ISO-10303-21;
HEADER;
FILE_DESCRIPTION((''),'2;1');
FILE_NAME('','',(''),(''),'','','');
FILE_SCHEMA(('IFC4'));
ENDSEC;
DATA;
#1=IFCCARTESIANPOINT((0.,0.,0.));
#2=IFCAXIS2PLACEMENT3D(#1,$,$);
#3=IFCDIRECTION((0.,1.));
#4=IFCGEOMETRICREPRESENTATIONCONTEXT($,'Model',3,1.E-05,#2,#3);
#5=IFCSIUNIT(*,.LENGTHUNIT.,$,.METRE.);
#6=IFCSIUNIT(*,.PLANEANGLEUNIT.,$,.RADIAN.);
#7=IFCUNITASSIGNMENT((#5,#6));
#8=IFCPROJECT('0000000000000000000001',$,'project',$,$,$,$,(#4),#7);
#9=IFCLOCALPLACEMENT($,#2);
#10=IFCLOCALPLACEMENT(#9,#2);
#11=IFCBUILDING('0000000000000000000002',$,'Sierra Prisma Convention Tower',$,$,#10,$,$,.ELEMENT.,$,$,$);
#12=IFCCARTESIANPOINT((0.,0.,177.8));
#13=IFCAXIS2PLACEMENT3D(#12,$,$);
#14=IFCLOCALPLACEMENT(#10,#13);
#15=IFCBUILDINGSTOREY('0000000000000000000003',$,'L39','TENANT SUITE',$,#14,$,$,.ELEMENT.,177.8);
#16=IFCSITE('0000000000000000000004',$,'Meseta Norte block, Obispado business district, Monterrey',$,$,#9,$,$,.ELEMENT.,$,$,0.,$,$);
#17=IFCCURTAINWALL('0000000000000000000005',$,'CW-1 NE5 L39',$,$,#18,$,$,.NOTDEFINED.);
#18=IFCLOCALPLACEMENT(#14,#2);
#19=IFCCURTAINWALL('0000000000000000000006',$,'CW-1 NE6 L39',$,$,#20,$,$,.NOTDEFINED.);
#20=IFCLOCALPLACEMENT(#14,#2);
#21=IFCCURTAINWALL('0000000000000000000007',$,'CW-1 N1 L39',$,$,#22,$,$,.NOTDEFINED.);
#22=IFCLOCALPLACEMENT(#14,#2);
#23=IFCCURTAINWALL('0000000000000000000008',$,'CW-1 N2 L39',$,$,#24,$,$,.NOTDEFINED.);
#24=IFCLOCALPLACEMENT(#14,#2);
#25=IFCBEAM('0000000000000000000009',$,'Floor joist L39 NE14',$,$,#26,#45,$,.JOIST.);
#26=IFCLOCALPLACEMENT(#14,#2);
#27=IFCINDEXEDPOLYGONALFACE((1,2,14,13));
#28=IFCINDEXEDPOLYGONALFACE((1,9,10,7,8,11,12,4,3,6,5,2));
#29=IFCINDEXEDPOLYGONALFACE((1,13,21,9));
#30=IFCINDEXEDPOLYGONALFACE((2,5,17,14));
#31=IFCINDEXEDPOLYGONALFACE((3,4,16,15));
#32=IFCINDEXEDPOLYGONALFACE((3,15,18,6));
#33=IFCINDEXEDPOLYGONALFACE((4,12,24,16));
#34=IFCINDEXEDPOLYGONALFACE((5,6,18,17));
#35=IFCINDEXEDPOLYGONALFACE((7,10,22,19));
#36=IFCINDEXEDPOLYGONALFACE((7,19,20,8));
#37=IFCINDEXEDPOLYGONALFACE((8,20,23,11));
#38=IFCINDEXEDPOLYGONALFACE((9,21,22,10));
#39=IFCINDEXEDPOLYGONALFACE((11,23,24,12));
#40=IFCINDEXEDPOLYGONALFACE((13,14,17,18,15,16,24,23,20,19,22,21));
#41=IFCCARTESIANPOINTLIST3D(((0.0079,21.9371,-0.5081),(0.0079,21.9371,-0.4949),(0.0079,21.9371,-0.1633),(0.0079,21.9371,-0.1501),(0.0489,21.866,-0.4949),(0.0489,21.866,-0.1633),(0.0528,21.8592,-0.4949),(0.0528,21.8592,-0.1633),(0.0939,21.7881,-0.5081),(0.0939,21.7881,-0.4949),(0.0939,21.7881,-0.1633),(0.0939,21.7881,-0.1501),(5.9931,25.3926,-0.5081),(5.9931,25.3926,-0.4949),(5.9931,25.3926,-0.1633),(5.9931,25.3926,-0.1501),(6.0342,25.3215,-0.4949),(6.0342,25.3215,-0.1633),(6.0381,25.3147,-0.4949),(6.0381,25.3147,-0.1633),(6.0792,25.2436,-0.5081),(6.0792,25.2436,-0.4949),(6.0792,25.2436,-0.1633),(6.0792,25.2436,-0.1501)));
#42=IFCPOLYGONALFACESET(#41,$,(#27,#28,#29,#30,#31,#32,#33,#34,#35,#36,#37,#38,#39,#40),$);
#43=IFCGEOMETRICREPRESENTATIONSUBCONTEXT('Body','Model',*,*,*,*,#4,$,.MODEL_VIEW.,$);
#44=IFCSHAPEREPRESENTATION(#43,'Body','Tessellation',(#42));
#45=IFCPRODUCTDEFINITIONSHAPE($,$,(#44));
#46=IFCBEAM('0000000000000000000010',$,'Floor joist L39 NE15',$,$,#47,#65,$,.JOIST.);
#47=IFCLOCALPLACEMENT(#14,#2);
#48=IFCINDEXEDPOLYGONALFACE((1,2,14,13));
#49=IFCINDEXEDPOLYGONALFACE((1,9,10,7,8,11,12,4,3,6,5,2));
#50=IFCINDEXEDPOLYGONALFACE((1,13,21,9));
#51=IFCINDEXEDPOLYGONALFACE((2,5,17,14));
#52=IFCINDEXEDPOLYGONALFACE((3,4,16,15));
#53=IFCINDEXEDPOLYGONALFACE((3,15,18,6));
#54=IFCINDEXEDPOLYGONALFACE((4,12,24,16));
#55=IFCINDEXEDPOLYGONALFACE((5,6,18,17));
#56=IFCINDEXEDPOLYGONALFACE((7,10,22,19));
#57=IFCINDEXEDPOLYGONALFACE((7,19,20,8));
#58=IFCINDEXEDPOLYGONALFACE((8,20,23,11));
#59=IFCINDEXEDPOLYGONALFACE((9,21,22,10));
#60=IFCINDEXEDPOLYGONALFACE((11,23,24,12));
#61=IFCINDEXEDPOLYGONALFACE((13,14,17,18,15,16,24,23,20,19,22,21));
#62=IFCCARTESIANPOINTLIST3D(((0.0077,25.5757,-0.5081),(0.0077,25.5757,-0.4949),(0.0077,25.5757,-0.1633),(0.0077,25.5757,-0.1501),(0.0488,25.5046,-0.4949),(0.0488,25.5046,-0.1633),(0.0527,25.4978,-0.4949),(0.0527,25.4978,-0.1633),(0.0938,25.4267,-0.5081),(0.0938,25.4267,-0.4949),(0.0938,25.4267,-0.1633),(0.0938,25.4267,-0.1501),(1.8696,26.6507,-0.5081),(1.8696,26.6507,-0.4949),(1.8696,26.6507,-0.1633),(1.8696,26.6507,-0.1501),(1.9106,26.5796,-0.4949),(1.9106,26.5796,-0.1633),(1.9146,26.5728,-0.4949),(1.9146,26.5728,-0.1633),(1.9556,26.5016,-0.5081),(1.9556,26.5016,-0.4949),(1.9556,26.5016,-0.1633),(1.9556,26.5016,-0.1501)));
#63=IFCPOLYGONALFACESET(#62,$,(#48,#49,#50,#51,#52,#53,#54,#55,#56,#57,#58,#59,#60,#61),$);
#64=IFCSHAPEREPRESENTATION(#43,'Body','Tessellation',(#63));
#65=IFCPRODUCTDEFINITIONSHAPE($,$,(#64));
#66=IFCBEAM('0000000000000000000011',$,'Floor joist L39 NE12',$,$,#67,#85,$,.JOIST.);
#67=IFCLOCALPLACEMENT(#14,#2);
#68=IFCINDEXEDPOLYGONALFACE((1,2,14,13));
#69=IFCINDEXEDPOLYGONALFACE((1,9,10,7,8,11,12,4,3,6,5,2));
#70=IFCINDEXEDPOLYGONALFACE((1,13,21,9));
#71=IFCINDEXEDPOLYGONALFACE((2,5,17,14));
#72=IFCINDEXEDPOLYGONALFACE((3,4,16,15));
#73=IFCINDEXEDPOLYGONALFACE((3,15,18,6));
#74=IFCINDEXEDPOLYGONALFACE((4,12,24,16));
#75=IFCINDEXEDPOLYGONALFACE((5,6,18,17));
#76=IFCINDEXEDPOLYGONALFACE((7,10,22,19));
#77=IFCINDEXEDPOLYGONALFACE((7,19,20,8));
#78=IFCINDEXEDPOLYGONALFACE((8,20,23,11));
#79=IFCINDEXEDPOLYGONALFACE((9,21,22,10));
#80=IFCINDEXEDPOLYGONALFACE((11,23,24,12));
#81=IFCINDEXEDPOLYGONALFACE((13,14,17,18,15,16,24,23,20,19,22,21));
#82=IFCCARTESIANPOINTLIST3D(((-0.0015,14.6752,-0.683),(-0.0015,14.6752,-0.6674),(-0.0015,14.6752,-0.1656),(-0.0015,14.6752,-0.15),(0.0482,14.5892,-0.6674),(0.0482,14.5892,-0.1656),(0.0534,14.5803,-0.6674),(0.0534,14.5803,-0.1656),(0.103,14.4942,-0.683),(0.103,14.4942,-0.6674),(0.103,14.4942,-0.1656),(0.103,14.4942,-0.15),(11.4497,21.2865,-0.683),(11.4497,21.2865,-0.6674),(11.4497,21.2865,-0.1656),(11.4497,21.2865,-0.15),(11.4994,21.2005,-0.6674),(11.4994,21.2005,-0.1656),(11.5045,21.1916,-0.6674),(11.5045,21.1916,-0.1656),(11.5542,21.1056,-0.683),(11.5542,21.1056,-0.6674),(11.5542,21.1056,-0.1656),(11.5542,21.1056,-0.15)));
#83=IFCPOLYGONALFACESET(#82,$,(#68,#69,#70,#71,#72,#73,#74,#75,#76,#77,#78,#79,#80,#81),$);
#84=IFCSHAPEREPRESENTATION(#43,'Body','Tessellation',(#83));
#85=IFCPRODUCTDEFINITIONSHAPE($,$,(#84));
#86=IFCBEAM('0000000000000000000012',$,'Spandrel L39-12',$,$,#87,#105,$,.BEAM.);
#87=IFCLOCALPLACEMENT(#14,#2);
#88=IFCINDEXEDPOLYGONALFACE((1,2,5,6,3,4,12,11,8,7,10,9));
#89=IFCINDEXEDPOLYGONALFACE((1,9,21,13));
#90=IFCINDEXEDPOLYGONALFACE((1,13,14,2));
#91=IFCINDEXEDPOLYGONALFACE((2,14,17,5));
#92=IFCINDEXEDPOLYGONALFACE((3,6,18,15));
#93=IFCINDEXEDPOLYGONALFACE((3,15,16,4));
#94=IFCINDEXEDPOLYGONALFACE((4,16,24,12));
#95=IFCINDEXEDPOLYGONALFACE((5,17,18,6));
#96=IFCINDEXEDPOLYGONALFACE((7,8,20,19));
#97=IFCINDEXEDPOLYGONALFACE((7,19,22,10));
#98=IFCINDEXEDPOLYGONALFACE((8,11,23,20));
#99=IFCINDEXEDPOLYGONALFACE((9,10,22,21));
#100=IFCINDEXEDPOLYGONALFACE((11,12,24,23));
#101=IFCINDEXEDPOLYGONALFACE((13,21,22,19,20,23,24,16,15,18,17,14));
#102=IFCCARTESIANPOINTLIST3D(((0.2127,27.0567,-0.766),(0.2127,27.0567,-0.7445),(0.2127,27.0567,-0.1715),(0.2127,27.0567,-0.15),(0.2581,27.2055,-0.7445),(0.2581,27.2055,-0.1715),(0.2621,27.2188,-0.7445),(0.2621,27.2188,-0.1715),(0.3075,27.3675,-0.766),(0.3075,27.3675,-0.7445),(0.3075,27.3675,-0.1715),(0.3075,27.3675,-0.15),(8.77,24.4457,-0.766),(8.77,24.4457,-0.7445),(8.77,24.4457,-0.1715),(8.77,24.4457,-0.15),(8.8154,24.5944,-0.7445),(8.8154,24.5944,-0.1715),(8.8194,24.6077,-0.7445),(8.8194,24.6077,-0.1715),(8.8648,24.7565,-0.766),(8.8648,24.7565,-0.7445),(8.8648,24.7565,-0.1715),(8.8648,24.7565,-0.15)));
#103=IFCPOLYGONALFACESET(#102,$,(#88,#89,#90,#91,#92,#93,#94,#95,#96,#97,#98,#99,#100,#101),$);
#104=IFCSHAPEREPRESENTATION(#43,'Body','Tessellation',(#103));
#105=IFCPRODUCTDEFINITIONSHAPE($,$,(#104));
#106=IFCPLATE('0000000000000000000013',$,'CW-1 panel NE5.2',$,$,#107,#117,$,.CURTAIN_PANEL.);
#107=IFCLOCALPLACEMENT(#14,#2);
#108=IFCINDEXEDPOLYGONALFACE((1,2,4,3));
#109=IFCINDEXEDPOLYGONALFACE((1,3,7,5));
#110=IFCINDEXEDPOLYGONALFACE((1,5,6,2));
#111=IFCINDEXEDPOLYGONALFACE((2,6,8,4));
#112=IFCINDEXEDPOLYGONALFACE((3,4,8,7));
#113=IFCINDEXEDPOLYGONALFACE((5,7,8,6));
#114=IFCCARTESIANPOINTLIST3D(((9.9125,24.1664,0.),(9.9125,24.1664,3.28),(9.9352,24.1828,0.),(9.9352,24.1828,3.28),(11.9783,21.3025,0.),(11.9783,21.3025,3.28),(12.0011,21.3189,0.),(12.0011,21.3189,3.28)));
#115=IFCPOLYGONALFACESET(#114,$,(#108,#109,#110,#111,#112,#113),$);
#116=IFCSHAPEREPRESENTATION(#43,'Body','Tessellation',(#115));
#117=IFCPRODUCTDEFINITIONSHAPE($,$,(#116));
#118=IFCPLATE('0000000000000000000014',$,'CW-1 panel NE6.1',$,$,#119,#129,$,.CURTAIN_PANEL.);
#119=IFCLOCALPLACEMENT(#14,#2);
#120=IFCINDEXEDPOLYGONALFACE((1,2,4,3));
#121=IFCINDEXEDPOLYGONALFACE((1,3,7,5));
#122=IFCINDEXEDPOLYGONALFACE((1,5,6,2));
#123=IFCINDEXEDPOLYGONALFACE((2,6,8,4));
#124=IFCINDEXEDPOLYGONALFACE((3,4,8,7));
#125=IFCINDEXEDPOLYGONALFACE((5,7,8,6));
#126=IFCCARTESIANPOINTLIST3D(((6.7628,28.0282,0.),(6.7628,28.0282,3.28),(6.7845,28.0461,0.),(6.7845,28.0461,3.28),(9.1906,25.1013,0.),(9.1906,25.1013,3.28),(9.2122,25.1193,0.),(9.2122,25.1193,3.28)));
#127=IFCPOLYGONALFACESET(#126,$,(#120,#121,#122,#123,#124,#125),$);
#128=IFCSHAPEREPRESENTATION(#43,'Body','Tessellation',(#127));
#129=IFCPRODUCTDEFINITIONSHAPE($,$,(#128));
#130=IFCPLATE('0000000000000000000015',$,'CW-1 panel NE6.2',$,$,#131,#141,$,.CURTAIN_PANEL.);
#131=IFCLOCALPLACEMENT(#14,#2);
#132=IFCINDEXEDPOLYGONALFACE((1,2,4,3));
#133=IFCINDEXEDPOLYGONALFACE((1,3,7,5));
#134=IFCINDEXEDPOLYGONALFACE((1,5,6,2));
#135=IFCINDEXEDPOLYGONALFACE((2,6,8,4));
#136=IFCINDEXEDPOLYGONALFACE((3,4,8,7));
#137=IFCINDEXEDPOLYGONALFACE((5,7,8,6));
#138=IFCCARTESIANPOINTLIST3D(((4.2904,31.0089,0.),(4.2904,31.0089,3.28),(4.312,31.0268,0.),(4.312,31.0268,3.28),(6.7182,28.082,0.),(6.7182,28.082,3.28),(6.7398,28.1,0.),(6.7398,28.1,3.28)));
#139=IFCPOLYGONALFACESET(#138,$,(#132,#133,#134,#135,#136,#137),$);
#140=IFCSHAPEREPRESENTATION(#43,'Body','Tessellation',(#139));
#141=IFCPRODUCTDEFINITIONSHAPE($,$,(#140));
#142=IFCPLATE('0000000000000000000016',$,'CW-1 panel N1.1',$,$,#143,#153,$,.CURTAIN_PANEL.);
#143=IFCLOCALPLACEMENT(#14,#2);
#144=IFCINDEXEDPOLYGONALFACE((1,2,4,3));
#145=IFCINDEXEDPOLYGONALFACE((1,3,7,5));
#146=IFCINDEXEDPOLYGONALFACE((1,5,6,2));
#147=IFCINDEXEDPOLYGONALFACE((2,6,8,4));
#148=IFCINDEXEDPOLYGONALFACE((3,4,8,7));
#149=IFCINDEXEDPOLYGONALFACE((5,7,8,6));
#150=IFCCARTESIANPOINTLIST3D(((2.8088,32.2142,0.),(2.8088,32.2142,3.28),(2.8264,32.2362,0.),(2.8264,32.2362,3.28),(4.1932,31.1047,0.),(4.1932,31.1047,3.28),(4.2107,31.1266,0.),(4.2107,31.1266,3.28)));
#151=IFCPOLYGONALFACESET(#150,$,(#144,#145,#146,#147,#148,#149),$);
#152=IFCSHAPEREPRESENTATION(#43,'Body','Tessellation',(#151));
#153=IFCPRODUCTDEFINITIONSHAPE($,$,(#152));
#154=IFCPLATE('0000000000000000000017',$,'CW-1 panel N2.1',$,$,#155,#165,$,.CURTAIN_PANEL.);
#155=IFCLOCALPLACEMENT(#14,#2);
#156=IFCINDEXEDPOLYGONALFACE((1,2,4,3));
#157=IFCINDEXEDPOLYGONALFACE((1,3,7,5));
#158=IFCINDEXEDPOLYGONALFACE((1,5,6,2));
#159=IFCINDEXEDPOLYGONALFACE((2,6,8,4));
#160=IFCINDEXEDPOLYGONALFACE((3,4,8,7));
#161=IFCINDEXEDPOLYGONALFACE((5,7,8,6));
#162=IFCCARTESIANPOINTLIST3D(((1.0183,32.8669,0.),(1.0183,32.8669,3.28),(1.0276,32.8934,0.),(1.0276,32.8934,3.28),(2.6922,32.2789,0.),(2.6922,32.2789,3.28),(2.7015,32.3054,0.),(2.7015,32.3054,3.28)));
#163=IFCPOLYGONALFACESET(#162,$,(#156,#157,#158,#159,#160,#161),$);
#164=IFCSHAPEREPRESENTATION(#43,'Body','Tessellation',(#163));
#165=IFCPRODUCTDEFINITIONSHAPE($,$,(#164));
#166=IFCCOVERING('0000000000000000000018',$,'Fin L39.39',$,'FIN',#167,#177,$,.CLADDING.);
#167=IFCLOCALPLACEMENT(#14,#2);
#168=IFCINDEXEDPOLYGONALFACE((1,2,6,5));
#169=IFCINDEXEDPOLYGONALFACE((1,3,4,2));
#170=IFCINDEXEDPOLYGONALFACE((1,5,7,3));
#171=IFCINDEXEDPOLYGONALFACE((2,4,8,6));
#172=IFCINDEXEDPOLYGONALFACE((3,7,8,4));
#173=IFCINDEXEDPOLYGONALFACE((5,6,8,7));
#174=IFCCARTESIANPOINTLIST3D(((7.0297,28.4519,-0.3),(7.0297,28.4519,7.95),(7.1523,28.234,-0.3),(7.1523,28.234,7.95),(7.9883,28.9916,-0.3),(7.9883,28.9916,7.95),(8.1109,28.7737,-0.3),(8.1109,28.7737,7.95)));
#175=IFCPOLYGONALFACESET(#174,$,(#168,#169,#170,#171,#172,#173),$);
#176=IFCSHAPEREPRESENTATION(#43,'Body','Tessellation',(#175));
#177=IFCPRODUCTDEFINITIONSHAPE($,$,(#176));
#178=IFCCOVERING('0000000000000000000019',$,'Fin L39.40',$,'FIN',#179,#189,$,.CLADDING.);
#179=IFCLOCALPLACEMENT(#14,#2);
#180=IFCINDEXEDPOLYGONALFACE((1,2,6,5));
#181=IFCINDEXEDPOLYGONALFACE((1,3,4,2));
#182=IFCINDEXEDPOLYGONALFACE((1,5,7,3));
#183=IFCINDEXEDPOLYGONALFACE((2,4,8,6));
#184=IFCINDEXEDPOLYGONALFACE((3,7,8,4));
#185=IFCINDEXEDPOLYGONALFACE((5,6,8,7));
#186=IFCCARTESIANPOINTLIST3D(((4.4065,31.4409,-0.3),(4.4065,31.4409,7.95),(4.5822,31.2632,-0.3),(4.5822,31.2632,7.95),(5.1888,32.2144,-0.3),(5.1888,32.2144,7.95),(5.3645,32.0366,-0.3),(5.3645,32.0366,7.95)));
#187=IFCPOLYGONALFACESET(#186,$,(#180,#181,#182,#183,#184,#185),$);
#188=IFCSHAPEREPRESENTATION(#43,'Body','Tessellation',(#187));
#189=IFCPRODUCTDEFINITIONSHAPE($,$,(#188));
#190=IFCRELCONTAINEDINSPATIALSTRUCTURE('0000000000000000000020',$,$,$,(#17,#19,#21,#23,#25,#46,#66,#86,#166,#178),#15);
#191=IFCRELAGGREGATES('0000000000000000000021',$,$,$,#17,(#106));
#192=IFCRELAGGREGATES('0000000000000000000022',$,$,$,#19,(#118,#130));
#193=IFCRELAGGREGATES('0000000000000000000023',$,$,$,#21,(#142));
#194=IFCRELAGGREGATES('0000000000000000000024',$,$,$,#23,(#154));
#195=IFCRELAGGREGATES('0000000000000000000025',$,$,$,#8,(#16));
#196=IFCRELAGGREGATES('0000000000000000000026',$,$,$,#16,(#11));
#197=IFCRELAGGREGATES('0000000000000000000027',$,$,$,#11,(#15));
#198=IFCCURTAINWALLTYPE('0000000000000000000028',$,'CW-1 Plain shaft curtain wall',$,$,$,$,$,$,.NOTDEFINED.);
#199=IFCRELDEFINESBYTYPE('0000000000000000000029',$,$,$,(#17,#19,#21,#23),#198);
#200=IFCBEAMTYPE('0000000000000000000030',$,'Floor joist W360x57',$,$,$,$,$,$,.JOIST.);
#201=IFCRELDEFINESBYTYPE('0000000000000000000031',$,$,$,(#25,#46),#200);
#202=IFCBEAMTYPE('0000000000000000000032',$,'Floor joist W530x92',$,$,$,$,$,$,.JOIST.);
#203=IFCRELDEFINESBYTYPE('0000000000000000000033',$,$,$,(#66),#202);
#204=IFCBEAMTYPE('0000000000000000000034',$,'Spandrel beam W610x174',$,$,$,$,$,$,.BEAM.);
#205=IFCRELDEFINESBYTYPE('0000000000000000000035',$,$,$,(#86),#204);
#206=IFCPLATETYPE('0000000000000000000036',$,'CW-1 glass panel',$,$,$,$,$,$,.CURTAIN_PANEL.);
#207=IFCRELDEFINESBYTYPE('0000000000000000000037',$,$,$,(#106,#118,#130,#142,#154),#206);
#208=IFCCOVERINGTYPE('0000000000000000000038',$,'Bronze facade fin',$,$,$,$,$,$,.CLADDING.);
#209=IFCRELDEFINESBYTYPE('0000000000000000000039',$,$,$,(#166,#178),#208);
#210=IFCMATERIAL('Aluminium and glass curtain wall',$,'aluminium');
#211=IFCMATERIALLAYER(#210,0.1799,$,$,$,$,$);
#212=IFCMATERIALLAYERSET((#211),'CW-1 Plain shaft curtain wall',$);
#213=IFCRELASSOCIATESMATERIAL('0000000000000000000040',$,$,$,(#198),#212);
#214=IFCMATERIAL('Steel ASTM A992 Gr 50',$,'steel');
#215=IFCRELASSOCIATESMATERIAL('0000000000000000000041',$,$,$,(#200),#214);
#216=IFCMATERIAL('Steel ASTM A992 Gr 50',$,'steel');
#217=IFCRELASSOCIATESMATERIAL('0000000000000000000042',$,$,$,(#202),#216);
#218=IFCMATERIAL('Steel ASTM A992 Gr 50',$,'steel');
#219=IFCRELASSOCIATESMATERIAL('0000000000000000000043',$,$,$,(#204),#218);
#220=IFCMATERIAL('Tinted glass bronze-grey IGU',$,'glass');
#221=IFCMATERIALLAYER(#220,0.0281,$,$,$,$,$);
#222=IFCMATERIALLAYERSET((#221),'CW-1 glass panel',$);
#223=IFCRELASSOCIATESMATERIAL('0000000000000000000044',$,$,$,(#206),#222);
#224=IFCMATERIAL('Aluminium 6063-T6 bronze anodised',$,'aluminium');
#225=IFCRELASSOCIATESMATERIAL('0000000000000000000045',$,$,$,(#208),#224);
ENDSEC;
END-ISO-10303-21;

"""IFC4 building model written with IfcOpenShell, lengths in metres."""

from ifc_helpers import new_model, si_unit, direction, frame, origin, origin_2d, place, context, subcontext, project, spatial, rectangle, i_section, extrude, material, layer, layer_set, material_profile, profile_set, type_object, element, aggregate, save


model = new_model("IFC4")

# Units and contexts
model_context = context("Model", 3, precision=1e-05, world=origin(), true_north=direction((0.0, 1.0)))
body_context = subcontext(model_context, "Body", "Model", "MODEL_VIEW")
ifc_project = project(units=[si_unit("LENGTHUNIT", "METRE"), si_unit("PLANEANGLEUNIT", "RADIAN")], contexts=[model_context])

# Site, building, storey
site_placement = place(None, origin())
site = spatial("IfcSite", under=ifc_project, at=site_placement, Name="Meseta Norte block, Obispado business district, Monterrey", CompositionType="ELEMENT", RefElevation=0.0)
building_placement = place(site_placement, origin())
building = spatial("IfcBuilding", under=site, at=building_placement, Name="Sierra Prisma Convention Tower", CompositionType="ELEMENT")
storey_placement = place(building_placement, frame((0.0, 0.0, 177.8)))
storey = spatial("IfcBuildingStorey", under=building, at=storey_placement, Name="L39", Description="TENANT SUITE", CompositionType="ELEMENT", Elevation=177.8)

# Curtain wall
ifc_material_1 = material(Name="Aluminium and glass curtain wall", Category="aluminium")
ifc_layer_1 = layer(ifc_material_1, 0.1799)
ifc_layer_set_1 = layer_set([ifc_layer_1], Name="CW-1 Plain shaft curtain wall")
curtain_wall_type = type_object("IfcCurtainWallType", Name="CW-1 Plain shaft curtain wall", PredefinedType="NOTDEFINED", material=ifc_layer_set_1)
curtain_wall_1_placement = place(storey_placement, origin())
curtain_wall_1 = element("IfcCurtainWall", 1, at=curtain_wall_1_placement, inside=storey, type_object=curtain_wall_type, Name="CW-1 NE5 L39", PredefinedType="NOTDEFINED")

# Curtain walls
curtain_wall_2_placement = place(storey_placement, origin())
curtain_wall_2 = element("IfcCurtainWall", 2, at=curtain_wall_2_placement, inside=storey, type_object=curtain_wall_type, Name="CW-1 NE6 L39", PredefinedType="NOTDEFINED")
curtain_wall_3_placement = place(storey_placement, origin())
curtain_wall_3 = element("IfcCurtainWall", 3, at=curtain_wall_3_placement, inside=storey, type_object=curtain_wall_type, Name="CW-1 N1 L39", PredefinedType="NOTDEFINED")
curtain_wall_4_placement = place(storey_placement, origin())
curtain_wall_4 = element("IfcCurtainWall", 4, at=curtain_wall_4_placement, inside=storey, type_object=curtain_wall_type, Name="CW-1 N2 L39", PredefinedType="NOTDEFINED")

# Beams
ifc_material_2 = material(Name="Steel ASTM A992 Gr 50", Category="steel")
ifc_material_profile_1 = material_profile(ifc_material_2, i_section(OverallWidth=0.1721, OverallDepth=0.3579, WebThickness=0.0078, FlangeThickness=0.0132, at=origin_2d()), Name="W360x57")
ifc_profile_set_1 = profile_set([ifc_material_profile_1], Name="Steel ASTM A992 Gr 50")
beam_type_1 = type_object("IfcBeamType", Name="Floor joist W360x57", PredefinedType="JOIST", material=ifc_profile_set_1)
beam_1_placement = place(storey_placement, frame((6.0361, 25.3181, -0.3291), z_axis=(-0.86603, -0.499992, 0.0), x_axis=(0.499992, -0.86603, 0.0)))
element("IfcBeam", 5, at=beam_1_placement, inside=storey, type_object=beam_type_1, Name="Floor joist L39 NE14", PredefinedType="JOIST", context=body_context, shape_type="SweptSolid", body=[
    extrude(i_section(OverallWidth=0.1721, OverallDepth=0.3579, WebThickness=0.0078, FlangeThickness=0.0132, at=origin_2d()), origin(), (0.0, 0.0, 1.0), 6.9111),
])
beam_2_placement = place(storey_placement, frame((1.9126, 26.5762, -0.3291), z_axis=(-0.866019, -0.500011, 0.0), x_axis=(0.500011, -0.866019, 0.0)))
element("IfcBeam", 6, at=beam_2_placement, inside=storey, type_object=beam_type_1, Name="Floor joist L39 NE15", PredefinedType="JOIST", context=body_context, shape_type="SweptSolid", body=[
    extrude(i_section(OverallWidth=0.1721, OverallDepth=0.3579, WebThickness=0.0078, FlangeThickness=0.0132, at=origin_2d()), origin(), (0.0, 0.0, 1.0), 2.1499),
])
ifc_material_3 = material(Name="Steel ASTM A992 Gr 50", Category="steel")
ifc_material_profile_2 = material_profile(ifc_material_3, i_section(OverallWidth=0.209, OverallDepth=0.533, WebThickness=0.0103, FlangeThickness=0.0156, at=origin_2d()), Name="W530x92")
ifc_profile_set_2 = profile_set([ifc_material_profile_2], Name="Steel ASTM A992 Gr 50")
beam_type_2 = type_object("IfcBeamType", Name="Floor joist W530x92", PredefinedType="JOIST", material=ifc_profile_set_2)
beam_3_placement = place(storey_placement, frame((11.502, 21.196, -0.4165), z_axis=(-0.866026, -0.499999, 0.0), x_axis=(0.499999, -0.866026, 0.0)))
element("IfcBeam", 7, at=beam_3_placement, inside=storey, type_object=beam_type_2, Name="Floor joist L39 NE12", PredefinedType="JOIST", context=body_context, shape_type="SweptSolid", body=[
    extrude(i_section(OverallWidth=0.209, OverallDepth=0.533, WebThickness=0.0103, FlangeThickness=0.0156, at=origin_2d()), origin(), (0.0, 0.0, 1.0), 13.2227),
])
ifc_material_4 = material(Name="Steel ASTM A992 Gr 50", Category="steel")
ifc_material_profile_3 = material_profile(ifc_material_4, i_section(OverallWidth=0.325, OverallDepth=0.616, WebThickness=0.0139, FlangeThickness=0.0215, at=origin_2d()), Name="W610x174")
ifc_profile_set_3 = profile_set([ifc_material_profile_3], Name="Steel ASTM A992 Gr 50")
beam_type_3 = type_object("IfcBeamType", Name="Spandrel beam W610x174", PredefinedType="BEAM", material=ifc_profile_set_3)
beam_4_placement = place(storey_placement, frame((8.8174, 24.6011, -0.458), z_axis=(-0.956466, 0.291843, 0.0), x_axis=(-0.291843, -0.956466, 0.0)))
element("IfcBeam", 8, at=beam_4_placement, inside=storey, type_object=beam_type_3, Name="Spandrel L39-12", PredefinedType="BEAM", context=body_context, shape_type="SweptSolid", body=[
    extrude(i_section(OverallWidth=0.325, OverallDepth=0.616, WebThickness=0.0139, FlangeThickness=0.0215, at=origin_2d()), origin(), (0.0, 0.0, 1.0), 8.9468),
])

# Plates
ifc_material_5 = material(Name="Tinted glass bronze-grey IGU", Category="glass")
ifc_layer_2 = layer(ifc_material_5, 0.0281)
ifc_layer_set_2 = layer_set([ifc_layer_2], Name="CW-1 glass panel")
plate_type = type_object("IfcPlateType", Name="CW-1 glass panel", PredefinedType="CURTAIN_PANEL", material=ifc_layer_set_2)
plate_1_placement = place(storey_placement, frame((10.9568, 22.7427, 0.0), z_axis=(0.0, 0.0, 1.0), x_axis=(-0.585029, 0.811012, 0.0)))
plate_1 = element("IfcPlate", 9, at=plate_1_placement, type_object=plate_type, Name="CW-1 panel NE5.2", PredefinedType="CURTAIN_PANEL", context=body_context, shape_type="SweptSolid", body=[
    extrude(rectangle(XDim=3.5312, YDim=0.0281, at=origin_2d()), origin(), (0.0, 0.0, 1.0), 3.28),
])
aggregate(curtain_wall_1, [plate_1])
plate_2_placement = place(storey_placement, frame((7.9875, 26.5737, 0.0), z_axis=(0.0, 0.0, 1.0), x_axis=(-0.638433, 0.769678, 0.0)))
plate_2 = element("IfcPlate", 10, at=plate_2_placement, type_object=plate_type, Name="CW-1 panel NE6.1", PredefinedType="CURTAIN_PANEL", context=body_context, shape_type="SweptSolid", body=[
    extrude(rectangle(XDim=3.8027, YDim=0.0281, at=origin_2d()), origin(), (0.0, 0.0, 1.0), 3.28),
])
plate_3_placement = place(storey_placement, frame((5.5151, 29.5544, 0.0), z_axis=(0.0, 0.0, 1.0), x_axis=(-0.638433, 0.769678, 0.0)))
plate_3 = element("IfcPlate", 11, at=plate_3_placement, type_object=plate_type, Name="CW-1 panel NE6.2", PredefinedType="CURTAIN_PANEL", context=body_context, shape_type="SweptSolid", body=[
    extrude(rectangle(XDim=3.8027, YDim=0.0281, at=origin_2d()), origin(), (0.0, 0.0, 1.0), 3.28),
])
aggregate(curtain_wall_2, [plate_2, plate_3])
plate_4_placement = place(storey_placement, frame((3.5098, 31.6704, 0.0), z_axis=(0.0, 0.0, 1.0), x_axis=(-0.7803, 0.625406, 0.0)))
plate_4 = element("IfcPlate", 12, at=plate_4_placement, type_object=plate_type, Name="CW-1 panel N1.1", PredefinedType="CURTAIN_PANEL", context=body_context, shape_type="SweptSolid", body=[
    extrude(rectangle(XDim=1.7742, YDim=0.0281, at=origin_2d()), origin(), (0.0, 0.0, 1.0), 3.28),
])
aggregate(curtain_wall_3, [plate_4])
plate_5_placement = place(storey_placement, frame((1.8599, 32.5862, 0.0), z_axis=(0.0, 0.0, 1.0), x_axis=(-0.943478, 0.331436, 0.0)))
plate_5 = element("IfcPlate", 13, at=plate_5_placement, type_object=plate_type, Name="CW-1 panel N2.1", PredefinedType="CURTAIN_PANEL", context=body_context, shape_type="SweptSolid", body=[
    extrude(rectangle(XDim=1.7742, YDim=0.0281, at=origin_2d()), origin(), (0.0, 0.0, 1.0), 3.28),
])
aggregate(curtain_wall_4, [plate_5])

# Coverings
ifc_material_6 = material(Name="Aluminium 6063-T6 bronze anodised", Category="aluminium")
ifc_material_profile_4 = material_profile(ifc_material_6, rectangle(XDim=1.1001, YDim=0.25, at=origin_2d()), Name="ALU FIN 1100x250")
ifc_profile_set_4 = profile_set([ifc_material_profile_4], Name="Aluminium 6063-T6 bronze anodised")
covering_type = type_object("IfcCoveringType", Name="Bronze facade fin", PredefinedType="CLADDING", material=ifc_profile_set_4)
for number, where, z_axis, x_axis, name in (
    (14, (7.5703, 28.6128, -0.3), (0.0, 0.0, 1.0), (0.871408, 0.490559, 0.0), "Fin L39.39"),
    (15, (4.8855, 31.7388, -0.3), (0.0, 0.0, 1.0), (0.711106, 0.703085, 0.0), "Fin L39.40"),
):
    element("IfcCovering", number, at=place(storey_placement, frame(where, z_axis=z_axis, x_axis=x_axis)), inside=storey, type_object=covering_type, Name=name, ObjectType="FIN", PredefinedType="CLADDING", context=body_context, shape_type="SweptSolid", body=[
        extrude(rectangle(XDim=1.1001, YDim=0.25, at=origin_2d()), origin(), (0.0, 0.0, 1.0), 8.25),
    ])

save(model, "model.ifc")
